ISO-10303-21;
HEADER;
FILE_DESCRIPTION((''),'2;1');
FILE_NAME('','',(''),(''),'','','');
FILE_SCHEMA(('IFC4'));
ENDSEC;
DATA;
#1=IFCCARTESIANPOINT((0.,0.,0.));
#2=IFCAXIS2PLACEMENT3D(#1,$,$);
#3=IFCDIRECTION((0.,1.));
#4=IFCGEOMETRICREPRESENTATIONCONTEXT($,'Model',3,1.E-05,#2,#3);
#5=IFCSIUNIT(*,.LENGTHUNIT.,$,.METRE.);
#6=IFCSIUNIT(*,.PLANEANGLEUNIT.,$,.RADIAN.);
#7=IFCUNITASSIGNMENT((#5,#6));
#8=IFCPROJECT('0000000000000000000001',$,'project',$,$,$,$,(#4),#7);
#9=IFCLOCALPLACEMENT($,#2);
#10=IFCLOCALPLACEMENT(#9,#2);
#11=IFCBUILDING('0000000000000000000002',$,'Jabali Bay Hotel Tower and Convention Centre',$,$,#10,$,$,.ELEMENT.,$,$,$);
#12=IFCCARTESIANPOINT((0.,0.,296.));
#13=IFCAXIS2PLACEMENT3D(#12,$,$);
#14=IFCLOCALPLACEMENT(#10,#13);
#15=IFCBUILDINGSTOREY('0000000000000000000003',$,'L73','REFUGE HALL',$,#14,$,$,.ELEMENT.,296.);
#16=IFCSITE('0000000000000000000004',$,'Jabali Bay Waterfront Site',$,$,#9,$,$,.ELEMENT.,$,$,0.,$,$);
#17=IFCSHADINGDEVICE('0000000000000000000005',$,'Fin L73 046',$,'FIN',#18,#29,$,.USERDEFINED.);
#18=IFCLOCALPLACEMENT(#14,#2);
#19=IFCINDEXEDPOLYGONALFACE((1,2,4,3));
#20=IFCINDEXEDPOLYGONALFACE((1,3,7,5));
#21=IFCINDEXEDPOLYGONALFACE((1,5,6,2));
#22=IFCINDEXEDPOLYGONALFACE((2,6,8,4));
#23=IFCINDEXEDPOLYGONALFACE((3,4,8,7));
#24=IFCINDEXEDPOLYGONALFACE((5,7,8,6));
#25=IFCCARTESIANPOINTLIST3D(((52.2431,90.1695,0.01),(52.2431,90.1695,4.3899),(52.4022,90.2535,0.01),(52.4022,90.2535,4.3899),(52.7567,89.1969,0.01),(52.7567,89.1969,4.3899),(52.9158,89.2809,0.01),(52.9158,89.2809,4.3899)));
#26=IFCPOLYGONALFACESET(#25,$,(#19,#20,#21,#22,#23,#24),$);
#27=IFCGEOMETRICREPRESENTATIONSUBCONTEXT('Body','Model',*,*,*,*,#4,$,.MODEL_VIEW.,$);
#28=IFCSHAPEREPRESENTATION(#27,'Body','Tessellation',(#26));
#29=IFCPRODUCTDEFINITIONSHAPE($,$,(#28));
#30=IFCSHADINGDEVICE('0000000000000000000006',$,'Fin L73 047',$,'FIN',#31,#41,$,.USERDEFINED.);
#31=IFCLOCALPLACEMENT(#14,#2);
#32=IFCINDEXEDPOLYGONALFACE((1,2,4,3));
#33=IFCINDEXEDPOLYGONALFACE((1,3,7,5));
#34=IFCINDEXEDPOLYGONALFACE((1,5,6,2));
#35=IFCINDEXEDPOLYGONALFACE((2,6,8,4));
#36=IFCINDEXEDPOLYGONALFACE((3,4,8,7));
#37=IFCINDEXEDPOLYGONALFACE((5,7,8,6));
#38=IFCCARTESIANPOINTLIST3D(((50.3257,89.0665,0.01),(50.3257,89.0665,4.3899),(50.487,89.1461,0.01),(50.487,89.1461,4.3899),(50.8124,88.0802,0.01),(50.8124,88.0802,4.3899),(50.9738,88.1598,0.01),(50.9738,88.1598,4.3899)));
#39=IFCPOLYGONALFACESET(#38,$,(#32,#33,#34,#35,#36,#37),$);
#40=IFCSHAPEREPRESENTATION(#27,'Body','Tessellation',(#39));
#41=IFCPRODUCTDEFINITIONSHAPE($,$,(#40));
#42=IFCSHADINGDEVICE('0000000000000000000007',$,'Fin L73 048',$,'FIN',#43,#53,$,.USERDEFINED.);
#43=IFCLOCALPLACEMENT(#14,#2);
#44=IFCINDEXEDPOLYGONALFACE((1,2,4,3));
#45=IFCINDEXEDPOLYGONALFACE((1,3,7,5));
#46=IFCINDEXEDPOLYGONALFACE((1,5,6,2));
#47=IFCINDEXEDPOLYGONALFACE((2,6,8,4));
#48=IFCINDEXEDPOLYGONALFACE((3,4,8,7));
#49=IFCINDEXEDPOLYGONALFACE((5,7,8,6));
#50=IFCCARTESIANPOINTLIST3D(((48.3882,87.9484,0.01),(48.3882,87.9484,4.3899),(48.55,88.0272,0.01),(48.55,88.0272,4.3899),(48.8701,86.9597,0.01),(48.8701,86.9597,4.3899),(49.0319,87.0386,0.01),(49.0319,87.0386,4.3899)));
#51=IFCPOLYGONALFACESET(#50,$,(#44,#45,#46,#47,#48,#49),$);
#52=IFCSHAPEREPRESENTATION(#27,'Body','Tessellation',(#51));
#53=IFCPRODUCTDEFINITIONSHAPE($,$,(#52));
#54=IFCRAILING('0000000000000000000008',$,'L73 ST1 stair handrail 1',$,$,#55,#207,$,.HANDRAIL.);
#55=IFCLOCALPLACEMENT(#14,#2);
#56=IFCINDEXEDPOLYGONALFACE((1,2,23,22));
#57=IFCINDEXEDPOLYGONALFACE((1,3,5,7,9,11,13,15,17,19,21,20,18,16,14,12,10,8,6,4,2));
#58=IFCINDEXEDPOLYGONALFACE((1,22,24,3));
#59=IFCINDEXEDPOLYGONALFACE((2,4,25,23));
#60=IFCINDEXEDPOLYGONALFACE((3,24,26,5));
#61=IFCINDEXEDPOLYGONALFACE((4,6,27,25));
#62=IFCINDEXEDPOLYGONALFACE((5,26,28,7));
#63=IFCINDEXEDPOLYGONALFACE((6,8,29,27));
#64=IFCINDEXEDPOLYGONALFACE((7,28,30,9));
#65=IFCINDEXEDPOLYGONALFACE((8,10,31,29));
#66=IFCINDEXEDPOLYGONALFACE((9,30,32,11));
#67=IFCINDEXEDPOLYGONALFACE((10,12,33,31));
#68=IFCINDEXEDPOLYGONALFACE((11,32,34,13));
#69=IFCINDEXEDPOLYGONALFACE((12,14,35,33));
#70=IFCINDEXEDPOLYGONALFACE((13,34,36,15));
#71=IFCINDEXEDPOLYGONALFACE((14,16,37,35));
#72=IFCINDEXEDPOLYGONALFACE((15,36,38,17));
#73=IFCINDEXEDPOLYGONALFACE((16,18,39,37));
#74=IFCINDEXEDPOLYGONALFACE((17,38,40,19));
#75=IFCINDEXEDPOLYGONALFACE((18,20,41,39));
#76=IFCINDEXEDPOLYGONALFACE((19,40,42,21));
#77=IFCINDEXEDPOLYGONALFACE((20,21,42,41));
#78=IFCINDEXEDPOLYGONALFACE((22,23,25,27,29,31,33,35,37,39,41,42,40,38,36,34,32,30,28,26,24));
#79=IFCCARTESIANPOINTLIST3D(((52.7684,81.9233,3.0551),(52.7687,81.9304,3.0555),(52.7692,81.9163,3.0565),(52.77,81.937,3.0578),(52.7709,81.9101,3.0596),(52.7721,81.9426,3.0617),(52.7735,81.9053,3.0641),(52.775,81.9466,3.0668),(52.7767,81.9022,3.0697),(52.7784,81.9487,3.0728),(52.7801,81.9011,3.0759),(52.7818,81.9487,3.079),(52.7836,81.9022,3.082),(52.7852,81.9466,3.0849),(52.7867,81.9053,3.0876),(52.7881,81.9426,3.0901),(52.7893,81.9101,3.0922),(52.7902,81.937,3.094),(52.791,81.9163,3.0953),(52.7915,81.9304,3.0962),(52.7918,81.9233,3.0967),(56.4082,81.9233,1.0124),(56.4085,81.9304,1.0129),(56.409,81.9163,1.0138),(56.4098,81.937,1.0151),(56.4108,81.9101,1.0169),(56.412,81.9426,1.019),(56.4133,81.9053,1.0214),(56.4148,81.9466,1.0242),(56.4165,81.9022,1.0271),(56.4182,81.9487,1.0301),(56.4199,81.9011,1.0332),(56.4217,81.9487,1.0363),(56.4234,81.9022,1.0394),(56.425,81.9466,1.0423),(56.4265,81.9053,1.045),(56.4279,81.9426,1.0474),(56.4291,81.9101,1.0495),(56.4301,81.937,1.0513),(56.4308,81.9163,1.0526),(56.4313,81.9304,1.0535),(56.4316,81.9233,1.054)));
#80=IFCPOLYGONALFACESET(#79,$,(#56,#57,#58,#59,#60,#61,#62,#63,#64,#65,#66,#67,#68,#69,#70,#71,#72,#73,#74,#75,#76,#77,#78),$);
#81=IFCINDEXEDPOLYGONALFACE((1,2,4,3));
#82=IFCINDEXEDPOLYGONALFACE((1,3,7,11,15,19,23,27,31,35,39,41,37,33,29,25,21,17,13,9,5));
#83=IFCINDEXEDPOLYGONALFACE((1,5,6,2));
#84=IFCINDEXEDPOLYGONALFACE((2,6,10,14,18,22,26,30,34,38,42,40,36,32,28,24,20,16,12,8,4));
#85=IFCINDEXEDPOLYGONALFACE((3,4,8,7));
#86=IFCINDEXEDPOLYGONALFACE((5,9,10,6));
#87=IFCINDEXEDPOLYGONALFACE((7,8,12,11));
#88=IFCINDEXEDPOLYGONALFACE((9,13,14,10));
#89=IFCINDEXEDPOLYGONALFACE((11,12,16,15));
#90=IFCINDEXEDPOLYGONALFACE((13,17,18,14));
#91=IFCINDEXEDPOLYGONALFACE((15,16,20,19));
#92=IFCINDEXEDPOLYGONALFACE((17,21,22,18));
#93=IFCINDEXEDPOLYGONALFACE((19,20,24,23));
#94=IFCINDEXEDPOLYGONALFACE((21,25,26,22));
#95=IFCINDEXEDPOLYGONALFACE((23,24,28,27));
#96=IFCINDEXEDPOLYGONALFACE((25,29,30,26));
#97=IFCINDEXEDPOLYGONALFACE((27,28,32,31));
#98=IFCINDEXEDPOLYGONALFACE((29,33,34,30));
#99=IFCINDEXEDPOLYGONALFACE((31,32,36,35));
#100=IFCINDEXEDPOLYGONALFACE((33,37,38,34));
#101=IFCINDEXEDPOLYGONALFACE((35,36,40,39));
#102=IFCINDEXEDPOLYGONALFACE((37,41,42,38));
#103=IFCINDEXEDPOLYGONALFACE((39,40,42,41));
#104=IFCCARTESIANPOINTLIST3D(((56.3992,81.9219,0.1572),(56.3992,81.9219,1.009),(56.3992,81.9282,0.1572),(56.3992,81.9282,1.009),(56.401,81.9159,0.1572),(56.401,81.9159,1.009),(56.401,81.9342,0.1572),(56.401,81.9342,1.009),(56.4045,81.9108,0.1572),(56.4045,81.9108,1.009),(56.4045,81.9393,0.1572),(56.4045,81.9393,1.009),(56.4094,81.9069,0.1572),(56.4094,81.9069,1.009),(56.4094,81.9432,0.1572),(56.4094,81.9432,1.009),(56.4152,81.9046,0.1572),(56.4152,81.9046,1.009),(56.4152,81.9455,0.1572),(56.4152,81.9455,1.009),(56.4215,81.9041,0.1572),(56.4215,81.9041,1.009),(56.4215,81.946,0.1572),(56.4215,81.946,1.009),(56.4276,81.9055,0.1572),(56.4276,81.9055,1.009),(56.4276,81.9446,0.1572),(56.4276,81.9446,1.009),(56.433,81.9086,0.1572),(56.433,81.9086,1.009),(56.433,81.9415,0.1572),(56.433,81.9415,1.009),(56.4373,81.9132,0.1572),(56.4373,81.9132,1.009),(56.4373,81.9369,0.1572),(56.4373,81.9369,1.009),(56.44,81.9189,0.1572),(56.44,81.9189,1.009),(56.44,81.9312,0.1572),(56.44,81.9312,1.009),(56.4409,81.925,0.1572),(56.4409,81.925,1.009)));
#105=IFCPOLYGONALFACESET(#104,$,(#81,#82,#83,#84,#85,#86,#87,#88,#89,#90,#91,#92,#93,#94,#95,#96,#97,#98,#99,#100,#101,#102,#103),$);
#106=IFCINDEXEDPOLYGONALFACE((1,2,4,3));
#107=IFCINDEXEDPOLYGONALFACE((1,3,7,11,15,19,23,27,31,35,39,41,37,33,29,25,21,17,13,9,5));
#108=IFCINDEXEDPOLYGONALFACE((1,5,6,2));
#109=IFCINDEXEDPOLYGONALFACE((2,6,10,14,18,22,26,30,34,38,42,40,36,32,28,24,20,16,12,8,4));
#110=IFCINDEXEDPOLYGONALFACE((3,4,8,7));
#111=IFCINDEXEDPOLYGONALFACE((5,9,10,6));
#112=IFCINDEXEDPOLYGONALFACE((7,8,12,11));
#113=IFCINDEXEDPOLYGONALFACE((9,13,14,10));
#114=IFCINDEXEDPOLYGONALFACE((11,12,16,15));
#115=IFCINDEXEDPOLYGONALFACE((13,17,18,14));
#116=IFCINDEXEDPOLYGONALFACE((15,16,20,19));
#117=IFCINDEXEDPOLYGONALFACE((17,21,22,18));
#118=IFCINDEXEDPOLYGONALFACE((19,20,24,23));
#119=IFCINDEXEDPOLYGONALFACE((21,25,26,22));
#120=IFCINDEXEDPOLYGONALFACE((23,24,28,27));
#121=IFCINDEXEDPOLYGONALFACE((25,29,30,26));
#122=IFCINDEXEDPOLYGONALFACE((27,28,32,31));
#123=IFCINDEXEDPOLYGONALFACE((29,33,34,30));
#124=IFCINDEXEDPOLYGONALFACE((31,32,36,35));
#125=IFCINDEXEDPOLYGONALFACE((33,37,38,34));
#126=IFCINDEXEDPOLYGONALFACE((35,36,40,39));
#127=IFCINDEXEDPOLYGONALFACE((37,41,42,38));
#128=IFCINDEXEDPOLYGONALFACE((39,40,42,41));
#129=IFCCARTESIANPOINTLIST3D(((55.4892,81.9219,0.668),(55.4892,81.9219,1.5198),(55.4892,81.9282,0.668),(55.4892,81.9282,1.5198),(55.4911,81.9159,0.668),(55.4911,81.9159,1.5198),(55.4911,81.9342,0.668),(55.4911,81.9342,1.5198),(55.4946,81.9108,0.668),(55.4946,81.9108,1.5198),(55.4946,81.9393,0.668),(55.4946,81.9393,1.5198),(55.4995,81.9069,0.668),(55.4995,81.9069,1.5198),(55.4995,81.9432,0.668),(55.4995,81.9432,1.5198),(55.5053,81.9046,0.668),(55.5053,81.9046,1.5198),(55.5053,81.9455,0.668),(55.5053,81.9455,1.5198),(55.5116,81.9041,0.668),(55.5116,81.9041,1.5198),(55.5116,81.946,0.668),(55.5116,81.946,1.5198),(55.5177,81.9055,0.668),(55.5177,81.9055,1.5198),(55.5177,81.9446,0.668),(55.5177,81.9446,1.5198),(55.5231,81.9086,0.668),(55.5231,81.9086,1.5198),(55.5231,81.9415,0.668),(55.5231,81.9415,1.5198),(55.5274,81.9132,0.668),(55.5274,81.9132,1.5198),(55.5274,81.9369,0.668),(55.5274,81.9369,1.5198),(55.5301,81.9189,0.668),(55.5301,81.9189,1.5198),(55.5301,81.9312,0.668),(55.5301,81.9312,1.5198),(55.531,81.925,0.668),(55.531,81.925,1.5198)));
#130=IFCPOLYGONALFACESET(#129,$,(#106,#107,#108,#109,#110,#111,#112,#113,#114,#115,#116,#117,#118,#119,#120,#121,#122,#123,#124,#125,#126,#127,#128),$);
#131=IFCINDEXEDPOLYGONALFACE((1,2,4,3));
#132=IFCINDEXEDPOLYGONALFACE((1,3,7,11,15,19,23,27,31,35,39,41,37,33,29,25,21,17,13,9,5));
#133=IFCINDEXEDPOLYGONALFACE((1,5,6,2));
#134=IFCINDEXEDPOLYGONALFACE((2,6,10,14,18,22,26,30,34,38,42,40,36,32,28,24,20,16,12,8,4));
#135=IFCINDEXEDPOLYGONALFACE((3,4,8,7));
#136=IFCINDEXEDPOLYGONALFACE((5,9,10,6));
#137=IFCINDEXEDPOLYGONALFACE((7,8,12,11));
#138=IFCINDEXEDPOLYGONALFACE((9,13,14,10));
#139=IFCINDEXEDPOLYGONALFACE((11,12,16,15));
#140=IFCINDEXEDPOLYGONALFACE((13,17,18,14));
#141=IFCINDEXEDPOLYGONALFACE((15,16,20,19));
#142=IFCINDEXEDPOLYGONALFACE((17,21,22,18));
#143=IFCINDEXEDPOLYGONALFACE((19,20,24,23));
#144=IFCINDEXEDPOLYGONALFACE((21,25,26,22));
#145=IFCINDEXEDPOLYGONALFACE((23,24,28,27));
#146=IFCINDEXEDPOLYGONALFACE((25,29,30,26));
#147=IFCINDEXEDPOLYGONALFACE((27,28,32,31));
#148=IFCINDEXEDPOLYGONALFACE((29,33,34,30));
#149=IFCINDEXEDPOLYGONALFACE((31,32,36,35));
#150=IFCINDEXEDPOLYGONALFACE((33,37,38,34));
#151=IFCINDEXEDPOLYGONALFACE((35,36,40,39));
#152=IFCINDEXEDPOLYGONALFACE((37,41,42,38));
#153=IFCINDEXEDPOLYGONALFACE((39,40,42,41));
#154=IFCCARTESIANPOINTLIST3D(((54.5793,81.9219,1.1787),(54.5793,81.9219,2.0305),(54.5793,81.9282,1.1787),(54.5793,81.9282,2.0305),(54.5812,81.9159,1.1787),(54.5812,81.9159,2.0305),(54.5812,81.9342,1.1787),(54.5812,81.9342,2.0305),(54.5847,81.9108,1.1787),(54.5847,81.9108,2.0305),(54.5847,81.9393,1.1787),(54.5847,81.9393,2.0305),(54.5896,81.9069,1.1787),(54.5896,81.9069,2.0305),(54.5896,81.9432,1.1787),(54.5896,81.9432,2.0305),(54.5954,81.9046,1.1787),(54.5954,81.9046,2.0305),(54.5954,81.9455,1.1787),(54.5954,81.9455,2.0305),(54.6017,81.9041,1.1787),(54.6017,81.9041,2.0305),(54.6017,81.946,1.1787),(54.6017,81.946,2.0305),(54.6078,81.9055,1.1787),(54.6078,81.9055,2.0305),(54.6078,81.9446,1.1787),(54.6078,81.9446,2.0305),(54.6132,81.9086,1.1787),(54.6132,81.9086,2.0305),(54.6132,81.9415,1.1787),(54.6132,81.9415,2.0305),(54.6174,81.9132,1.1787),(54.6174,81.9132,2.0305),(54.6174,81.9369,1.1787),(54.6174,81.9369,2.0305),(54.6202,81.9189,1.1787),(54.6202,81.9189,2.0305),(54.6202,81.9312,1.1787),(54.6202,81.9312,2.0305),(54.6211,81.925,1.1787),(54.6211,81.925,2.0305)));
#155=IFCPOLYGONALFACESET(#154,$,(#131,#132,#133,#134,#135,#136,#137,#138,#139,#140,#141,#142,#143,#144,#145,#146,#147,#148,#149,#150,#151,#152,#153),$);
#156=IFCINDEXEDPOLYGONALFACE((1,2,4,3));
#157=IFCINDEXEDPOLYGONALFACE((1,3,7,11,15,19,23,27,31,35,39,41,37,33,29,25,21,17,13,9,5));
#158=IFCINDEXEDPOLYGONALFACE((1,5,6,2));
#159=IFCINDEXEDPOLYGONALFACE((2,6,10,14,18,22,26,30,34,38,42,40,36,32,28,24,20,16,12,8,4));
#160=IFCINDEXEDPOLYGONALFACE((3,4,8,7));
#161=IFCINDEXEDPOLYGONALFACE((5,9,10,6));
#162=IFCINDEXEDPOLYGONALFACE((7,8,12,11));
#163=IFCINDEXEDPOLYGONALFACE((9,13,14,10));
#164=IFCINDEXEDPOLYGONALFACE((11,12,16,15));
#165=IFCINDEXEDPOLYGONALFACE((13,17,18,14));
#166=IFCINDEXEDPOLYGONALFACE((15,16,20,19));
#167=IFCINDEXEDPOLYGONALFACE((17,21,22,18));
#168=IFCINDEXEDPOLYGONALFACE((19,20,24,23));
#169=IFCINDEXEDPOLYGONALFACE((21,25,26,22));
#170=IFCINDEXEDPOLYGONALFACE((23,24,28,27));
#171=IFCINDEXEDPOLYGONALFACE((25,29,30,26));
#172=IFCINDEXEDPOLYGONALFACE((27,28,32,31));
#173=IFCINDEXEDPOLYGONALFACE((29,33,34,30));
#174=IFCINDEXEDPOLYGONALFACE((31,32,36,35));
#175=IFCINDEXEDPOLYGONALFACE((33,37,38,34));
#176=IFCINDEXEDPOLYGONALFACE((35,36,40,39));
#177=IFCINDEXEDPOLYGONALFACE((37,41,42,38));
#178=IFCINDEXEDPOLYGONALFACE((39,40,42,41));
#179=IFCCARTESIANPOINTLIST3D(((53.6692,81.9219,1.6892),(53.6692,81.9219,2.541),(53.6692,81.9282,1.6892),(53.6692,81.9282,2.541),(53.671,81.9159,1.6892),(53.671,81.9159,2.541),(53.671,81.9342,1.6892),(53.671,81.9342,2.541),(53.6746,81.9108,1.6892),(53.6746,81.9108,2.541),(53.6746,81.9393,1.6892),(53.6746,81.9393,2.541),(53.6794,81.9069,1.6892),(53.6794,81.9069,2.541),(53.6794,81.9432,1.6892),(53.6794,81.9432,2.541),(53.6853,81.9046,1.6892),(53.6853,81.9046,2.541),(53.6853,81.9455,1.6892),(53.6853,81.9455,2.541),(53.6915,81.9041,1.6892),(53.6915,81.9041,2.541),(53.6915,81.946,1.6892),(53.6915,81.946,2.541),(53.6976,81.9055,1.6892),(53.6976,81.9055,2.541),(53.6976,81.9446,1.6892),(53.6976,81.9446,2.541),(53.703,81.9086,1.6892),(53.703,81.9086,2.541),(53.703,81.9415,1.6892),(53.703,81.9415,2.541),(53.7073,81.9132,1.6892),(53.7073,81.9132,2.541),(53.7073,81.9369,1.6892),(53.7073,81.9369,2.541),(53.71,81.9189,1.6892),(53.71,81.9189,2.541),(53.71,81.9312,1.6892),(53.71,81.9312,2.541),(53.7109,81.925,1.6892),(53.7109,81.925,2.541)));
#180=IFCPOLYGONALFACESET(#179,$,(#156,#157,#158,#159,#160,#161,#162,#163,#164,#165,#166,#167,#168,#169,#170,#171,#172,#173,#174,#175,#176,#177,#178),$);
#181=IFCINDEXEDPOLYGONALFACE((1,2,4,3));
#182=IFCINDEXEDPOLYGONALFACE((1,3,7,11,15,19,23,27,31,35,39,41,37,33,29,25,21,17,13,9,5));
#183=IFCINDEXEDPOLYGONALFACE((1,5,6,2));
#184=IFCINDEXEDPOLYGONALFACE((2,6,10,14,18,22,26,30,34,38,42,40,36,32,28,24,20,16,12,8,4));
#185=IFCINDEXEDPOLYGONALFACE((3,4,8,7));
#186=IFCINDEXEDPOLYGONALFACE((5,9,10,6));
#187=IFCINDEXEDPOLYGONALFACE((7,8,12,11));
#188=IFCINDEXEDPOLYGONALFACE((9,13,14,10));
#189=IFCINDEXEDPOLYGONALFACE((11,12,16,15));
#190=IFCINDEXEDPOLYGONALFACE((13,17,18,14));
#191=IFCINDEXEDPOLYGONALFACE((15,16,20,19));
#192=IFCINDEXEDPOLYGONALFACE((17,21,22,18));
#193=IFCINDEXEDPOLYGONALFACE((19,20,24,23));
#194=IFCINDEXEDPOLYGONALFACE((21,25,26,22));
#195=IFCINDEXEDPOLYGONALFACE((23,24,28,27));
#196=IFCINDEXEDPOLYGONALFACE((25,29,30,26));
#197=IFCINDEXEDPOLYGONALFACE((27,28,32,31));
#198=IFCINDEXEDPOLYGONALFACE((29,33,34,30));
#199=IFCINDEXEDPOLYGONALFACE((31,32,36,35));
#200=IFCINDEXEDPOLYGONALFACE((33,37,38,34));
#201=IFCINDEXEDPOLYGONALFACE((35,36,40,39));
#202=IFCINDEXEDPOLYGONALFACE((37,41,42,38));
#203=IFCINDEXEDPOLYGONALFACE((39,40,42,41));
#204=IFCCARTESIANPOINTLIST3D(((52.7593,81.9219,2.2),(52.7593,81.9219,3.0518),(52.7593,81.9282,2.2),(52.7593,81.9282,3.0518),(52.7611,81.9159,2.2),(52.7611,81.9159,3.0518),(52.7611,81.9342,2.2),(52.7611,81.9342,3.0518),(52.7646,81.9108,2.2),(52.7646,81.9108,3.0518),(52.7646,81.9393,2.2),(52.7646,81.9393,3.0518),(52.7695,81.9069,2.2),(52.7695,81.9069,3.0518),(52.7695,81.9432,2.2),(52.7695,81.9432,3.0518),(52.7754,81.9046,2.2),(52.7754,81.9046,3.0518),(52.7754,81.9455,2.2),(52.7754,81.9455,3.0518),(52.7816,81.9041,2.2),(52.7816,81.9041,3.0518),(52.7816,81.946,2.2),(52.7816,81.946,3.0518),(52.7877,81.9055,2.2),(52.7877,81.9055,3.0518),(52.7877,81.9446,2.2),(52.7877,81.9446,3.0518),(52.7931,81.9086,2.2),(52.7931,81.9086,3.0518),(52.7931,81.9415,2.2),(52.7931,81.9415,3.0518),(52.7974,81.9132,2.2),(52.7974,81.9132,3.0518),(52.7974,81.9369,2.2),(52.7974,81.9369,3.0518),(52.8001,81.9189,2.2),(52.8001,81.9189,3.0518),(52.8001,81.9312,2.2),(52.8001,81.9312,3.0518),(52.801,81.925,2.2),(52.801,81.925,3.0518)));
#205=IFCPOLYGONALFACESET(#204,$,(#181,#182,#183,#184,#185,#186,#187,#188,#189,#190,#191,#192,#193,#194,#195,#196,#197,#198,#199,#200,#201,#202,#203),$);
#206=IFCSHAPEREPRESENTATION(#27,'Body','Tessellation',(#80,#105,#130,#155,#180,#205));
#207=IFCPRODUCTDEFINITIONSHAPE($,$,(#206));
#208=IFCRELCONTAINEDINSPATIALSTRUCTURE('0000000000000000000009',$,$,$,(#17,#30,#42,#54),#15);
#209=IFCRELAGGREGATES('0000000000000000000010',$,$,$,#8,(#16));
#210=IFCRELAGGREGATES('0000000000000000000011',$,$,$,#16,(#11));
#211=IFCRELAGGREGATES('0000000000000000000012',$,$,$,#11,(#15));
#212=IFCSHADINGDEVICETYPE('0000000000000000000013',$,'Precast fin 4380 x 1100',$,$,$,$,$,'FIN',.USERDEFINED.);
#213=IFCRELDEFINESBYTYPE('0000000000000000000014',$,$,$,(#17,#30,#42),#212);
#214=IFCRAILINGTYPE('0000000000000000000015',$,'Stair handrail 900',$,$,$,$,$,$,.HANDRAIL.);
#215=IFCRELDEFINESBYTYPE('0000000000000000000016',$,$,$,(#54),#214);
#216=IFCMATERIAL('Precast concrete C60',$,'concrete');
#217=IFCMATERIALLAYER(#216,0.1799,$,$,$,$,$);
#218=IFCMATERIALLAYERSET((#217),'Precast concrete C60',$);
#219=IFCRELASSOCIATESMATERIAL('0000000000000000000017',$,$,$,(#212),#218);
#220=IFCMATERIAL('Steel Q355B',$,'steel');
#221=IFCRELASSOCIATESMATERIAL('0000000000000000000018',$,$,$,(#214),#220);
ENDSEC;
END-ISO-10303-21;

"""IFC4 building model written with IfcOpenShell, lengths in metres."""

from ifc_helpers import new_model, si_unit, direction, frame, frame_2d, origin, origin_2d, place, context, subcontext, project, spatial, rectangle, circle, extrude, material, layer, layer_set, type_object, element, save


model = new_model("IFC4")

# Units and contexts
model_context = context("Model", 3, precision=1e-05, world=origin(), true_north=direction((0.0, 1.0)))
body_context = subcontext(model_context, "Body", "Model", "MODEL_VIEW")
ifc_project = project(units=[si_unit("LENGTHUNIT", "METRE"), si_unit("PLANEANGLEUNIT", "RADIAN")], contexts=[model_context])

# Site, building, storey
site_placement = place(None, origin())
site = spatial("IfcSite", under=ifc_project, at=site_placement, Name="Jabali Bay Waterfront Site", CompositionType="ELEMENT", RefElevation=0.0)
building_placement = place(site_placement, origin())
building = spatial("IfcBuilding", under=site, at=building_placement, Name="Jabali Bay Hotel Tower and Convention Centre", CompositionType="ELEMENT")
storey_placement = place(building_placement, frame((0.0, 0.0, 296.0)))
storey = spatial("IfcBuildingStorey", under=building, at=storey_placement, Name="L73", Description="REFUGE HALL", CompositionType="ELEMENT", Elevation=296.0)

# Shading devices
ifc_material_1 = material(Name="Precast concrete C60", Category="concrete")
ifc_layer_1 = layer(ifc_material_1, 0.1799)
ifc_layer_set_1 = layer_set([ifc_layer_1], Name="Precast concrete C60")
shading_device_type = type_object("IfcShadingDeviceType", Name="Precast fin 4380 x 1100", ElementType="FIN", PredefinedType="USERDEFINED", material=ifc_layer_set_1)
for number, where, z_axis, x_axis, name in (
    (1, (52.8362, 89.239, 0.01), (0.0, 0.0, 1.0), (-0.46699, 0.884263, 0.0), "Fin L73 046"),
    (2, (50.8931, 88.1201, 0.01), (0.0, 0.0, 1.0), (-0.442591, 0.896724, 0.0), "Fin L73 047"),
    (3, (48.9509, 86.9993, 0.01), (0.0, 0.0, 1.0), (-0.438135, 0.898909, 0.0), "Fin L73 048"),
):
    element("IfcShadingDevice", number, at=place(storey_placement, frame(where, z_axis=z_axis, x_axis=x_axis)), inside=storey, type_object=shading_device_type, Name=name, ObjectType="FIN", PredefinedType="USERDEFINED", context=body_context, shape_type="SweptSolid", body=[
        extrude(rectangle(XDim=1.0999, YDim=0.1799, at=frame_2d((0.5498, 0.0))), origin(), (0.0, 0.0, 1.0), 4.3799),
    ])

# Railing
ifc_material_2 = material(Name="Steel Q355B", Category="steel")
railing_type_1 = type_object("IfcRailingType", Name="Stair handrail 900", PredefinedType="HANDRAIL", material=ifc_material_2)
railing_1_placement = place(storey_placement, frame((56.4199, 81.925, 0.1572)))
element("IfcRailing", 4, at=railing_1_placement, inside=storey, type_object=railing_type_1, Name="L73 ST1 stair handrail 1", PredefinedType="HANDRAIL", context=body_context, shape_type="SweptSolid", body=[
    extrude(circle(Radius=0.0239, at=origin_2d()), frame((0.0, 0.0, 0.876), z_axis=(-0.872058, 0.0, 0.489403), x_axis=(0.0, -1.0, 0.0)), (0.0, 0.0, 1.0), 4.1738),
    extrude(circle(Radius=0.021, at=origin_2d()), origin(), (0.0, 0.0, 1.0), 0.8518),
    extrude(circle(Radius=0.021, at=origin_2d()), frame((-0.9099, 0.0, 0.5107)), (0.0, 0.0, 1.0), 0.8518),
    extrude(circle(Radius=0.021, at=origin_2d()), frame((-1.8198, 0.0, 1.0215)), (0.0, 0.0, 1.0), 0.8518),
    extrude(circle(Radius=0.021, at=origin_2d()), frame((-2.73, 0.0, 1.532)), (0.0, 0.0, 1.0), 0.8518),
    extrude(circle(Radius=0.021, at=origin_2d()), frame((-3.6399, 0.0, 2.0427)), (0.0, 0.0, 1.0), 0.8518),
])

save(model, "model.ifc")
